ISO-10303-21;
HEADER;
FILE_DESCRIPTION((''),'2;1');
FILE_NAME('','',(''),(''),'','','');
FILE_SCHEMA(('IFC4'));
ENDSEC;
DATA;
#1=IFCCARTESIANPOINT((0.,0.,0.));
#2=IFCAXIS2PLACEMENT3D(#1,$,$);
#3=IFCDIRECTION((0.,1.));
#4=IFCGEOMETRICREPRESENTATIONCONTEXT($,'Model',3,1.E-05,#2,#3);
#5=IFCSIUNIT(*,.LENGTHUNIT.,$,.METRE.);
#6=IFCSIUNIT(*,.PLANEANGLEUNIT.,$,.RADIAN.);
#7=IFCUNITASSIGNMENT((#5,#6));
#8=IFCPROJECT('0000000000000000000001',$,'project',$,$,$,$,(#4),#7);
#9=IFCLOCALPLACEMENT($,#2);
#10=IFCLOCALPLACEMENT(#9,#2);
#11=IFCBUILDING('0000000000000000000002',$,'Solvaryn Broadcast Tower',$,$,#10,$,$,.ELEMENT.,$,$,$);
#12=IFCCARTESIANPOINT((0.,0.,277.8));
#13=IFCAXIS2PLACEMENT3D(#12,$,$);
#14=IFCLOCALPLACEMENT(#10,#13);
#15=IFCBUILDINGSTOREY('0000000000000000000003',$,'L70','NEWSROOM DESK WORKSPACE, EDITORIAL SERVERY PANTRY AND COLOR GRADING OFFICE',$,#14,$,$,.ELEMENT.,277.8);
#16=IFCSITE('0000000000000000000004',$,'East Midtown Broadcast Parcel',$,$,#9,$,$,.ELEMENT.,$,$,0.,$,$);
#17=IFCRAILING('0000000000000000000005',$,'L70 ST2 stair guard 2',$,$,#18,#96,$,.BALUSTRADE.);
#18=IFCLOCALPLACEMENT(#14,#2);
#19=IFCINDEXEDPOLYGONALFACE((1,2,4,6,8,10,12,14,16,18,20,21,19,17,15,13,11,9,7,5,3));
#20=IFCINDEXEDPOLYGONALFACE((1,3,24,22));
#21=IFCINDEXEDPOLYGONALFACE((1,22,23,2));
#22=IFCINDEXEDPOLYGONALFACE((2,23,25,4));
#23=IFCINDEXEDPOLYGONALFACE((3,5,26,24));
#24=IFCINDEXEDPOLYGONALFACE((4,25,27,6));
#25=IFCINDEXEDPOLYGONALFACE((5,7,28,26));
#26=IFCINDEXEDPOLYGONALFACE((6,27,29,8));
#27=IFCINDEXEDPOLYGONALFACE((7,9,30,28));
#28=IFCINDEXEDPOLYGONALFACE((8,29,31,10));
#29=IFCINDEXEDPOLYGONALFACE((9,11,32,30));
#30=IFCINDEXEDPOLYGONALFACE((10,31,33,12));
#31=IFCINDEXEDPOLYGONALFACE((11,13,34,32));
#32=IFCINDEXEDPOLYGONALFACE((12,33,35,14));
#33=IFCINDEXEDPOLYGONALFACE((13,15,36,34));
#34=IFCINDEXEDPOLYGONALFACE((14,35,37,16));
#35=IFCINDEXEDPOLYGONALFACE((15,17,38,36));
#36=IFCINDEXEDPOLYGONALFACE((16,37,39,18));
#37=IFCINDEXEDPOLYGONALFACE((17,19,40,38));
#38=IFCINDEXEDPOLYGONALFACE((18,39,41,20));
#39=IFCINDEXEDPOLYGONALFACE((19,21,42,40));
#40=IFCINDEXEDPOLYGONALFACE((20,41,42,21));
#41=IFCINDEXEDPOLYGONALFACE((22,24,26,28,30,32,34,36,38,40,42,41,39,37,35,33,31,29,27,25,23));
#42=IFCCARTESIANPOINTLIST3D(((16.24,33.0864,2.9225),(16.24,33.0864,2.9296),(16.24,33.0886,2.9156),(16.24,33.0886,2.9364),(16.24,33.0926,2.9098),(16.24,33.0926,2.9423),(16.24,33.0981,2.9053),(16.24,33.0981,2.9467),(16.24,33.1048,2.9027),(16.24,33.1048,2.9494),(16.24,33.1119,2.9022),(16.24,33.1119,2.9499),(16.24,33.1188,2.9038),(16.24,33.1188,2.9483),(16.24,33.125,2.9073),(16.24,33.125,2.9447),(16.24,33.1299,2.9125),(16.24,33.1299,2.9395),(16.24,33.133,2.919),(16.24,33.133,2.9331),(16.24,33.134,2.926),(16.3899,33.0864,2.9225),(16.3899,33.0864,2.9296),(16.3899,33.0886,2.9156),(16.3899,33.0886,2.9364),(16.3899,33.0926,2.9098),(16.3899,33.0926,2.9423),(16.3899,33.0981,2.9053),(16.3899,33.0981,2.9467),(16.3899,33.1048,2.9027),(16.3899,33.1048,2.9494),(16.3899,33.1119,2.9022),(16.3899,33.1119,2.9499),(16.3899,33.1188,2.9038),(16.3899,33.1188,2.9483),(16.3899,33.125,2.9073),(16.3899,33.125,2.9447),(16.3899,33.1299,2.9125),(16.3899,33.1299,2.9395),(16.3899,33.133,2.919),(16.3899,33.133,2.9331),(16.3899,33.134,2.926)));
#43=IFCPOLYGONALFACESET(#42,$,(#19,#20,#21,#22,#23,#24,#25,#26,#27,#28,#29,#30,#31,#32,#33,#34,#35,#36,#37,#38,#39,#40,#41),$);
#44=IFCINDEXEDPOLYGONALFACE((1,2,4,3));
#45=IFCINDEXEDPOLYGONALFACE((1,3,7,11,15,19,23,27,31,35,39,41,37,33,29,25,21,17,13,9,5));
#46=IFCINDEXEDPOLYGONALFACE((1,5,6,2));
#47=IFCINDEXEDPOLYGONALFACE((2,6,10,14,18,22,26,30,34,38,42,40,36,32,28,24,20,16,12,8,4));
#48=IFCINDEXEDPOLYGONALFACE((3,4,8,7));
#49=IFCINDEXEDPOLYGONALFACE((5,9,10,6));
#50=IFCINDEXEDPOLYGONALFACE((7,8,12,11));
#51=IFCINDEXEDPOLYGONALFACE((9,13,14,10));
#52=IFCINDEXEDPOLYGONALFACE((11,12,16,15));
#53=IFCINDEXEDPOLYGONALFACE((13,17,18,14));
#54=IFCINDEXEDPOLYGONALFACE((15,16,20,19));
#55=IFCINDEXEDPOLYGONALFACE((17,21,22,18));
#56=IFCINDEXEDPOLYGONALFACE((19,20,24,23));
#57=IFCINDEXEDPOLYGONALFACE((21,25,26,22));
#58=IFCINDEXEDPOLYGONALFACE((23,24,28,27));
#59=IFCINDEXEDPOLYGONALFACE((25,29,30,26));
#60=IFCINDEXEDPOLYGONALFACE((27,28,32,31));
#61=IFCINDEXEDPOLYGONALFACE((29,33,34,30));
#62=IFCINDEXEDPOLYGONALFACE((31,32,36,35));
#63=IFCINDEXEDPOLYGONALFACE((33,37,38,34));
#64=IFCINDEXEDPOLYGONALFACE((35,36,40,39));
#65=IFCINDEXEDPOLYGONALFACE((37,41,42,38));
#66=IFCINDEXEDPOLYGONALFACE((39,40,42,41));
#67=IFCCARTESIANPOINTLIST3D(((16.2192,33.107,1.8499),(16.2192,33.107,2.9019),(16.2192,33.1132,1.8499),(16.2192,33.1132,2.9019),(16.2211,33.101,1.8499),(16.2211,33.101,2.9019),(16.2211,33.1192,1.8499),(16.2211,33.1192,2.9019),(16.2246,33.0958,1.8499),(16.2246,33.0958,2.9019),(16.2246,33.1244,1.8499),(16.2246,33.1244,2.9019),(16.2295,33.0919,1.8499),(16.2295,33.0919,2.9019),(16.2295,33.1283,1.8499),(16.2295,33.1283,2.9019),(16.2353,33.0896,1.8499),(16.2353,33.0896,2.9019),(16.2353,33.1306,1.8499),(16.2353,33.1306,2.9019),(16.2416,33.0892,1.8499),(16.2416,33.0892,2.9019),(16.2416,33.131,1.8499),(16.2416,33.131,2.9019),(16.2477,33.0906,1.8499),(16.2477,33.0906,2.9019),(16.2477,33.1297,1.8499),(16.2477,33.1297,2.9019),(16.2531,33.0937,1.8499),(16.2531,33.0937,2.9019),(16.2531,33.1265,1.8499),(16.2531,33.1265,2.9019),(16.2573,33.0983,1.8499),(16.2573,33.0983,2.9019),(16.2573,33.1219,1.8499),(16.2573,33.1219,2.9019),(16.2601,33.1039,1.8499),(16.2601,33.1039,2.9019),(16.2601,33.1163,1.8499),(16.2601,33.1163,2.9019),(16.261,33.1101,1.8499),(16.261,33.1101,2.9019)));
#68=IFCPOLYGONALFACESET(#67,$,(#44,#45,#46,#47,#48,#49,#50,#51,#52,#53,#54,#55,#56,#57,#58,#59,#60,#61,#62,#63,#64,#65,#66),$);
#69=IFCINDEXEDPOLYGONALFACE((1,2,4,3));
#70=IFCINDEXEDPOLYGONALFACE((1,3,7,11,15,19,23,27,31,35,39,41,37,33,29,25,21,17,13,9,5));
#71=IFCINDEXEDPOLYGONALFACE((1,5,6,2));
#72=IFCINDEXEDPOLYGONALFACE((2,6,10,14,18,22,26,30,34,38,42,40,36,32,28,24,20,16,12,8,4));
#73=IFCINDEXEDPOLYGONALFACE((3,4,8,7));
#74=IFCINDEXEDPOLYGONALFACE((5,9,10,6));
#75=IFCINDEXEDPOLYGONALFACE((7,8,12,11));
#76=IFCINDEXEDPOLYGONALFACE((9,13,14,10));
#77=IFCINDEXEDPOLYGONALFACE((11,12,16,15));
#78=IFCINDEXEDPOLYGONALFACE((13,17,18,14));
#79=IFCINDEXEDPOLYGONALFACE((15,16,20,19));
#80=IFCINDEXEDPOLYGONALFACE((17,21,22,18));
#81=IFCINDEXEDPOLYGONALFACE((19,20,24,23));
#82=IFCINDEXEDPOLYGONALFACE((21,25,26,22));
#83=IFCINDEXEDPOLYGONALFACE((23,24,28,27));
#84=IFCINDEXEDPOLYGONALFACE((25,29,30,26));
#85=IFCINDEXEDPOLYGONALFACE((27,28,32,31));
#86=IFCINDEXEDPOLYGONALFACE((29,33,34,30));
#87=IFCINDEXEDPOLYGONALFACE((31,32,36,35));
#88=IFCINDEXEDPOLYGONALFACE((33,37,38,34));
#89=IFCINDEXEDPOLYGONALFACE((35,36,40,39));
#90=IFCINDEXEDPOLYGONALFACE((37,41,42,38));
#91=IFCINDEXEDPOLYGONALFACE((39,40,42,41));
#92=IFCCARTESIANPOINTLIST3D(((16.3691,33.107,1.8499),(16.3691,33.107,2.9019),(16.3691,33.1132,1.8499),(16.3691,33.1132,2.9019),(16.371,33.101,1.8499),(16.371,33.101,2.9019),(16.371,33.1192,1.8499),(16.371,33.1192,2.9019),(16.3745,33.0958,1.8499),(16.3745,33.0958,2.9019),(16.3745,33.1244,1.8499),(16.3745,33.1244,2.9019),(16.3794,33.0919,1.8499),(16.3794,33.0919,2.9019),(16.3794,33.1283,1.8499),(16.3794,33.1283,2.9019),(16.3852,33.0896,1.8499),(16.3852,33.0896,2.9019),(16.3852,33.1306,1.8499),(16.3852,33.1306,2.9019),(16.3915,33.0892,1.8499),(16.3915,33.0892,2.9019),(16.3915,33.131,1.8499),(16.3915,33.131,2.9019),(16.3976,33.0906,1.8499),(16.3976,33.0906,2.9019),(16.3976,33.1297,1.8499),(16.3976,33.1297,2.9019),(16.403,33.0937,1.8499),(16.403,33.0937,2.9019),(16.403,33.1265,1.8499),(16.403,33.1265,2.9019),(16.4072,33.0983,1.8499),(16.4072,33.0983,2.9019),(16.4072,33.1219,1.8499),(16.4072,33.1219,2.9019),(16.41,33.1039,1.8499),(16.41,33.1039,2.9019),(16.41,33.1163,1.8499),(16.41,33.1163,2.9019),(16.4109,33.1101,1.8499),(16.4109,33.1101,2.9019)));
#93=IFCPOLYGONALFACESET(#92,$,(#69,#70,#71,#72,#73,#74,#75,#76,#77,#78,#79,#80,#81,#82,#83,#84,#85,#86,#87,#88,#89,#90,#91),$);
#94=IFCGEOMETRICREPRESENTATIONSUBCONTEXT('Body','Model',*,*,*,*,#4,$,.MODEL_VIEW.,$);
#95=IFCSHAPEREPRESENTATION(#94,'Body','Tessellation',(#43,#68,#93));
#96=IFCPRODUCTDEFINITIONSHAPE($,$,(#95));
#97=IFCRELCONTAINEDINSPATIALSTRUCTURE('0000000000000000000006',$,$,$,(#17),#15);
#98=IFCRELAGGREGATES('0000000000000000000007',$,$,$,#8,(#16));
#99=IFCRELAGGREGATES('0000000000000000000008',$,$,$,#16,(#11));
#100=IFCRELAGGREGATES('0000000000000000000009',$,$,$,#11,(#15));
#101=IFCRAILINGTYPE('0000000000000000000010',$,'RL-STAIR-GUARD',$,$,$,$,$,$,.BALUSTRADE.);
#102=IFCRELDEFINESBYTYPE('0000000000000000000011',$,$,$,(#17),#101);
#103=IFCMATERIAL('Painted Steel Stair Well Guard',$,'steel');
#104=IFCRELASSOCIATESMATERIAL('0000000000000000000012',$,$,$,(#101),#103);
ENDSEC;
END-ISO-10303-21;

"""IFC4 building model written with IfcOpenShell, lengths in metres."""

from ifc_helpers import new_model, si_unit, direction, frame, origin, origin_2d, place, context, subcontext, project, spatial, circle, extrude, material, type_object, element, save


model = new_model("IFC4")

# Units and contexts
model_context = context("Model", 3, precision=1e-05, world=origin(), true_north=direction((0.0, 1.0)))
body_context = subcontext(model_context, "Body", "Model", "MODEL_VIEW")
ifc_project = project(units=[si_unit("LENGTHUNIT", "METRE"), si_unit("PLANEANGLEUNIT", "RADIAN")], contexts=[model_context])

# Site, building, storey
site_placement = place(None, origin())
site = spatial("IfcSite", under=ifc_project, at=site_placement, Name="East Midtown Broadcast Parcel", CompositionType="ELEMENT", RefElevation=0.0)
building_placement = place(site_placement, origin())
building = spatial("IfcBuilding", under=site, at=building_placement, Name="Solvaryn Broadcast Tower", CompositionType="ELEMENT")
storey_placement = place(building_placement, frame((0.0, 0.0, 277.8)))
storey = spatial("IfcBuildingStorey", under=building, at=storey_placement, Name="L70", Description="NEWSROOM DESK WORKSPACE, EDITORIAL SERVERY PANTRY AND COLOR GRADING OFFICE", CompositionType="ELEMENT", Elevation=277.8)

# Railing
ifc_material_1 = material(Name="Painted Steel Stair Well Guard", Category="steel")
railing_type_1 = type_object("IfcRailingType", Name="RL-STAIR-GUARD", PredefinedType="BALUSTRADE", material=ifc_material_1)
railing_1_placement = place(storey_placement, frame((16.24, 33.1101, 1.8499)))
element("IfcRailing", 1, at=railing_1_placement, inside=storey, type_object=railing_type_1, Name="L70 ST2 stair guard 2", PredefinedType="BALUSTRADE", context=body_context, shape_type="SweptSolid", body=[
    extrude(circle(Radius=0.0239, at=origin_2d()), frame((0.0, 0.0, 1.0762), z_axis=(1.0, 0.0, 0.0), x_axis=(0.0, 1.0, 0.0)), (0.0, 0.0, 1.0), 0.1499),
    extrude(circle(Radius=0.021, at=origin_2d()), origin(), (0.0, 0.0, 1.0), 1.052),
    extrude(circle(Radius=0.021, at=origin_2d()), frame((0.1499, 0.0, 0.0)), (0.0, 0.0, 1.0), 1.052),
])

save(model, "model.ifc")
